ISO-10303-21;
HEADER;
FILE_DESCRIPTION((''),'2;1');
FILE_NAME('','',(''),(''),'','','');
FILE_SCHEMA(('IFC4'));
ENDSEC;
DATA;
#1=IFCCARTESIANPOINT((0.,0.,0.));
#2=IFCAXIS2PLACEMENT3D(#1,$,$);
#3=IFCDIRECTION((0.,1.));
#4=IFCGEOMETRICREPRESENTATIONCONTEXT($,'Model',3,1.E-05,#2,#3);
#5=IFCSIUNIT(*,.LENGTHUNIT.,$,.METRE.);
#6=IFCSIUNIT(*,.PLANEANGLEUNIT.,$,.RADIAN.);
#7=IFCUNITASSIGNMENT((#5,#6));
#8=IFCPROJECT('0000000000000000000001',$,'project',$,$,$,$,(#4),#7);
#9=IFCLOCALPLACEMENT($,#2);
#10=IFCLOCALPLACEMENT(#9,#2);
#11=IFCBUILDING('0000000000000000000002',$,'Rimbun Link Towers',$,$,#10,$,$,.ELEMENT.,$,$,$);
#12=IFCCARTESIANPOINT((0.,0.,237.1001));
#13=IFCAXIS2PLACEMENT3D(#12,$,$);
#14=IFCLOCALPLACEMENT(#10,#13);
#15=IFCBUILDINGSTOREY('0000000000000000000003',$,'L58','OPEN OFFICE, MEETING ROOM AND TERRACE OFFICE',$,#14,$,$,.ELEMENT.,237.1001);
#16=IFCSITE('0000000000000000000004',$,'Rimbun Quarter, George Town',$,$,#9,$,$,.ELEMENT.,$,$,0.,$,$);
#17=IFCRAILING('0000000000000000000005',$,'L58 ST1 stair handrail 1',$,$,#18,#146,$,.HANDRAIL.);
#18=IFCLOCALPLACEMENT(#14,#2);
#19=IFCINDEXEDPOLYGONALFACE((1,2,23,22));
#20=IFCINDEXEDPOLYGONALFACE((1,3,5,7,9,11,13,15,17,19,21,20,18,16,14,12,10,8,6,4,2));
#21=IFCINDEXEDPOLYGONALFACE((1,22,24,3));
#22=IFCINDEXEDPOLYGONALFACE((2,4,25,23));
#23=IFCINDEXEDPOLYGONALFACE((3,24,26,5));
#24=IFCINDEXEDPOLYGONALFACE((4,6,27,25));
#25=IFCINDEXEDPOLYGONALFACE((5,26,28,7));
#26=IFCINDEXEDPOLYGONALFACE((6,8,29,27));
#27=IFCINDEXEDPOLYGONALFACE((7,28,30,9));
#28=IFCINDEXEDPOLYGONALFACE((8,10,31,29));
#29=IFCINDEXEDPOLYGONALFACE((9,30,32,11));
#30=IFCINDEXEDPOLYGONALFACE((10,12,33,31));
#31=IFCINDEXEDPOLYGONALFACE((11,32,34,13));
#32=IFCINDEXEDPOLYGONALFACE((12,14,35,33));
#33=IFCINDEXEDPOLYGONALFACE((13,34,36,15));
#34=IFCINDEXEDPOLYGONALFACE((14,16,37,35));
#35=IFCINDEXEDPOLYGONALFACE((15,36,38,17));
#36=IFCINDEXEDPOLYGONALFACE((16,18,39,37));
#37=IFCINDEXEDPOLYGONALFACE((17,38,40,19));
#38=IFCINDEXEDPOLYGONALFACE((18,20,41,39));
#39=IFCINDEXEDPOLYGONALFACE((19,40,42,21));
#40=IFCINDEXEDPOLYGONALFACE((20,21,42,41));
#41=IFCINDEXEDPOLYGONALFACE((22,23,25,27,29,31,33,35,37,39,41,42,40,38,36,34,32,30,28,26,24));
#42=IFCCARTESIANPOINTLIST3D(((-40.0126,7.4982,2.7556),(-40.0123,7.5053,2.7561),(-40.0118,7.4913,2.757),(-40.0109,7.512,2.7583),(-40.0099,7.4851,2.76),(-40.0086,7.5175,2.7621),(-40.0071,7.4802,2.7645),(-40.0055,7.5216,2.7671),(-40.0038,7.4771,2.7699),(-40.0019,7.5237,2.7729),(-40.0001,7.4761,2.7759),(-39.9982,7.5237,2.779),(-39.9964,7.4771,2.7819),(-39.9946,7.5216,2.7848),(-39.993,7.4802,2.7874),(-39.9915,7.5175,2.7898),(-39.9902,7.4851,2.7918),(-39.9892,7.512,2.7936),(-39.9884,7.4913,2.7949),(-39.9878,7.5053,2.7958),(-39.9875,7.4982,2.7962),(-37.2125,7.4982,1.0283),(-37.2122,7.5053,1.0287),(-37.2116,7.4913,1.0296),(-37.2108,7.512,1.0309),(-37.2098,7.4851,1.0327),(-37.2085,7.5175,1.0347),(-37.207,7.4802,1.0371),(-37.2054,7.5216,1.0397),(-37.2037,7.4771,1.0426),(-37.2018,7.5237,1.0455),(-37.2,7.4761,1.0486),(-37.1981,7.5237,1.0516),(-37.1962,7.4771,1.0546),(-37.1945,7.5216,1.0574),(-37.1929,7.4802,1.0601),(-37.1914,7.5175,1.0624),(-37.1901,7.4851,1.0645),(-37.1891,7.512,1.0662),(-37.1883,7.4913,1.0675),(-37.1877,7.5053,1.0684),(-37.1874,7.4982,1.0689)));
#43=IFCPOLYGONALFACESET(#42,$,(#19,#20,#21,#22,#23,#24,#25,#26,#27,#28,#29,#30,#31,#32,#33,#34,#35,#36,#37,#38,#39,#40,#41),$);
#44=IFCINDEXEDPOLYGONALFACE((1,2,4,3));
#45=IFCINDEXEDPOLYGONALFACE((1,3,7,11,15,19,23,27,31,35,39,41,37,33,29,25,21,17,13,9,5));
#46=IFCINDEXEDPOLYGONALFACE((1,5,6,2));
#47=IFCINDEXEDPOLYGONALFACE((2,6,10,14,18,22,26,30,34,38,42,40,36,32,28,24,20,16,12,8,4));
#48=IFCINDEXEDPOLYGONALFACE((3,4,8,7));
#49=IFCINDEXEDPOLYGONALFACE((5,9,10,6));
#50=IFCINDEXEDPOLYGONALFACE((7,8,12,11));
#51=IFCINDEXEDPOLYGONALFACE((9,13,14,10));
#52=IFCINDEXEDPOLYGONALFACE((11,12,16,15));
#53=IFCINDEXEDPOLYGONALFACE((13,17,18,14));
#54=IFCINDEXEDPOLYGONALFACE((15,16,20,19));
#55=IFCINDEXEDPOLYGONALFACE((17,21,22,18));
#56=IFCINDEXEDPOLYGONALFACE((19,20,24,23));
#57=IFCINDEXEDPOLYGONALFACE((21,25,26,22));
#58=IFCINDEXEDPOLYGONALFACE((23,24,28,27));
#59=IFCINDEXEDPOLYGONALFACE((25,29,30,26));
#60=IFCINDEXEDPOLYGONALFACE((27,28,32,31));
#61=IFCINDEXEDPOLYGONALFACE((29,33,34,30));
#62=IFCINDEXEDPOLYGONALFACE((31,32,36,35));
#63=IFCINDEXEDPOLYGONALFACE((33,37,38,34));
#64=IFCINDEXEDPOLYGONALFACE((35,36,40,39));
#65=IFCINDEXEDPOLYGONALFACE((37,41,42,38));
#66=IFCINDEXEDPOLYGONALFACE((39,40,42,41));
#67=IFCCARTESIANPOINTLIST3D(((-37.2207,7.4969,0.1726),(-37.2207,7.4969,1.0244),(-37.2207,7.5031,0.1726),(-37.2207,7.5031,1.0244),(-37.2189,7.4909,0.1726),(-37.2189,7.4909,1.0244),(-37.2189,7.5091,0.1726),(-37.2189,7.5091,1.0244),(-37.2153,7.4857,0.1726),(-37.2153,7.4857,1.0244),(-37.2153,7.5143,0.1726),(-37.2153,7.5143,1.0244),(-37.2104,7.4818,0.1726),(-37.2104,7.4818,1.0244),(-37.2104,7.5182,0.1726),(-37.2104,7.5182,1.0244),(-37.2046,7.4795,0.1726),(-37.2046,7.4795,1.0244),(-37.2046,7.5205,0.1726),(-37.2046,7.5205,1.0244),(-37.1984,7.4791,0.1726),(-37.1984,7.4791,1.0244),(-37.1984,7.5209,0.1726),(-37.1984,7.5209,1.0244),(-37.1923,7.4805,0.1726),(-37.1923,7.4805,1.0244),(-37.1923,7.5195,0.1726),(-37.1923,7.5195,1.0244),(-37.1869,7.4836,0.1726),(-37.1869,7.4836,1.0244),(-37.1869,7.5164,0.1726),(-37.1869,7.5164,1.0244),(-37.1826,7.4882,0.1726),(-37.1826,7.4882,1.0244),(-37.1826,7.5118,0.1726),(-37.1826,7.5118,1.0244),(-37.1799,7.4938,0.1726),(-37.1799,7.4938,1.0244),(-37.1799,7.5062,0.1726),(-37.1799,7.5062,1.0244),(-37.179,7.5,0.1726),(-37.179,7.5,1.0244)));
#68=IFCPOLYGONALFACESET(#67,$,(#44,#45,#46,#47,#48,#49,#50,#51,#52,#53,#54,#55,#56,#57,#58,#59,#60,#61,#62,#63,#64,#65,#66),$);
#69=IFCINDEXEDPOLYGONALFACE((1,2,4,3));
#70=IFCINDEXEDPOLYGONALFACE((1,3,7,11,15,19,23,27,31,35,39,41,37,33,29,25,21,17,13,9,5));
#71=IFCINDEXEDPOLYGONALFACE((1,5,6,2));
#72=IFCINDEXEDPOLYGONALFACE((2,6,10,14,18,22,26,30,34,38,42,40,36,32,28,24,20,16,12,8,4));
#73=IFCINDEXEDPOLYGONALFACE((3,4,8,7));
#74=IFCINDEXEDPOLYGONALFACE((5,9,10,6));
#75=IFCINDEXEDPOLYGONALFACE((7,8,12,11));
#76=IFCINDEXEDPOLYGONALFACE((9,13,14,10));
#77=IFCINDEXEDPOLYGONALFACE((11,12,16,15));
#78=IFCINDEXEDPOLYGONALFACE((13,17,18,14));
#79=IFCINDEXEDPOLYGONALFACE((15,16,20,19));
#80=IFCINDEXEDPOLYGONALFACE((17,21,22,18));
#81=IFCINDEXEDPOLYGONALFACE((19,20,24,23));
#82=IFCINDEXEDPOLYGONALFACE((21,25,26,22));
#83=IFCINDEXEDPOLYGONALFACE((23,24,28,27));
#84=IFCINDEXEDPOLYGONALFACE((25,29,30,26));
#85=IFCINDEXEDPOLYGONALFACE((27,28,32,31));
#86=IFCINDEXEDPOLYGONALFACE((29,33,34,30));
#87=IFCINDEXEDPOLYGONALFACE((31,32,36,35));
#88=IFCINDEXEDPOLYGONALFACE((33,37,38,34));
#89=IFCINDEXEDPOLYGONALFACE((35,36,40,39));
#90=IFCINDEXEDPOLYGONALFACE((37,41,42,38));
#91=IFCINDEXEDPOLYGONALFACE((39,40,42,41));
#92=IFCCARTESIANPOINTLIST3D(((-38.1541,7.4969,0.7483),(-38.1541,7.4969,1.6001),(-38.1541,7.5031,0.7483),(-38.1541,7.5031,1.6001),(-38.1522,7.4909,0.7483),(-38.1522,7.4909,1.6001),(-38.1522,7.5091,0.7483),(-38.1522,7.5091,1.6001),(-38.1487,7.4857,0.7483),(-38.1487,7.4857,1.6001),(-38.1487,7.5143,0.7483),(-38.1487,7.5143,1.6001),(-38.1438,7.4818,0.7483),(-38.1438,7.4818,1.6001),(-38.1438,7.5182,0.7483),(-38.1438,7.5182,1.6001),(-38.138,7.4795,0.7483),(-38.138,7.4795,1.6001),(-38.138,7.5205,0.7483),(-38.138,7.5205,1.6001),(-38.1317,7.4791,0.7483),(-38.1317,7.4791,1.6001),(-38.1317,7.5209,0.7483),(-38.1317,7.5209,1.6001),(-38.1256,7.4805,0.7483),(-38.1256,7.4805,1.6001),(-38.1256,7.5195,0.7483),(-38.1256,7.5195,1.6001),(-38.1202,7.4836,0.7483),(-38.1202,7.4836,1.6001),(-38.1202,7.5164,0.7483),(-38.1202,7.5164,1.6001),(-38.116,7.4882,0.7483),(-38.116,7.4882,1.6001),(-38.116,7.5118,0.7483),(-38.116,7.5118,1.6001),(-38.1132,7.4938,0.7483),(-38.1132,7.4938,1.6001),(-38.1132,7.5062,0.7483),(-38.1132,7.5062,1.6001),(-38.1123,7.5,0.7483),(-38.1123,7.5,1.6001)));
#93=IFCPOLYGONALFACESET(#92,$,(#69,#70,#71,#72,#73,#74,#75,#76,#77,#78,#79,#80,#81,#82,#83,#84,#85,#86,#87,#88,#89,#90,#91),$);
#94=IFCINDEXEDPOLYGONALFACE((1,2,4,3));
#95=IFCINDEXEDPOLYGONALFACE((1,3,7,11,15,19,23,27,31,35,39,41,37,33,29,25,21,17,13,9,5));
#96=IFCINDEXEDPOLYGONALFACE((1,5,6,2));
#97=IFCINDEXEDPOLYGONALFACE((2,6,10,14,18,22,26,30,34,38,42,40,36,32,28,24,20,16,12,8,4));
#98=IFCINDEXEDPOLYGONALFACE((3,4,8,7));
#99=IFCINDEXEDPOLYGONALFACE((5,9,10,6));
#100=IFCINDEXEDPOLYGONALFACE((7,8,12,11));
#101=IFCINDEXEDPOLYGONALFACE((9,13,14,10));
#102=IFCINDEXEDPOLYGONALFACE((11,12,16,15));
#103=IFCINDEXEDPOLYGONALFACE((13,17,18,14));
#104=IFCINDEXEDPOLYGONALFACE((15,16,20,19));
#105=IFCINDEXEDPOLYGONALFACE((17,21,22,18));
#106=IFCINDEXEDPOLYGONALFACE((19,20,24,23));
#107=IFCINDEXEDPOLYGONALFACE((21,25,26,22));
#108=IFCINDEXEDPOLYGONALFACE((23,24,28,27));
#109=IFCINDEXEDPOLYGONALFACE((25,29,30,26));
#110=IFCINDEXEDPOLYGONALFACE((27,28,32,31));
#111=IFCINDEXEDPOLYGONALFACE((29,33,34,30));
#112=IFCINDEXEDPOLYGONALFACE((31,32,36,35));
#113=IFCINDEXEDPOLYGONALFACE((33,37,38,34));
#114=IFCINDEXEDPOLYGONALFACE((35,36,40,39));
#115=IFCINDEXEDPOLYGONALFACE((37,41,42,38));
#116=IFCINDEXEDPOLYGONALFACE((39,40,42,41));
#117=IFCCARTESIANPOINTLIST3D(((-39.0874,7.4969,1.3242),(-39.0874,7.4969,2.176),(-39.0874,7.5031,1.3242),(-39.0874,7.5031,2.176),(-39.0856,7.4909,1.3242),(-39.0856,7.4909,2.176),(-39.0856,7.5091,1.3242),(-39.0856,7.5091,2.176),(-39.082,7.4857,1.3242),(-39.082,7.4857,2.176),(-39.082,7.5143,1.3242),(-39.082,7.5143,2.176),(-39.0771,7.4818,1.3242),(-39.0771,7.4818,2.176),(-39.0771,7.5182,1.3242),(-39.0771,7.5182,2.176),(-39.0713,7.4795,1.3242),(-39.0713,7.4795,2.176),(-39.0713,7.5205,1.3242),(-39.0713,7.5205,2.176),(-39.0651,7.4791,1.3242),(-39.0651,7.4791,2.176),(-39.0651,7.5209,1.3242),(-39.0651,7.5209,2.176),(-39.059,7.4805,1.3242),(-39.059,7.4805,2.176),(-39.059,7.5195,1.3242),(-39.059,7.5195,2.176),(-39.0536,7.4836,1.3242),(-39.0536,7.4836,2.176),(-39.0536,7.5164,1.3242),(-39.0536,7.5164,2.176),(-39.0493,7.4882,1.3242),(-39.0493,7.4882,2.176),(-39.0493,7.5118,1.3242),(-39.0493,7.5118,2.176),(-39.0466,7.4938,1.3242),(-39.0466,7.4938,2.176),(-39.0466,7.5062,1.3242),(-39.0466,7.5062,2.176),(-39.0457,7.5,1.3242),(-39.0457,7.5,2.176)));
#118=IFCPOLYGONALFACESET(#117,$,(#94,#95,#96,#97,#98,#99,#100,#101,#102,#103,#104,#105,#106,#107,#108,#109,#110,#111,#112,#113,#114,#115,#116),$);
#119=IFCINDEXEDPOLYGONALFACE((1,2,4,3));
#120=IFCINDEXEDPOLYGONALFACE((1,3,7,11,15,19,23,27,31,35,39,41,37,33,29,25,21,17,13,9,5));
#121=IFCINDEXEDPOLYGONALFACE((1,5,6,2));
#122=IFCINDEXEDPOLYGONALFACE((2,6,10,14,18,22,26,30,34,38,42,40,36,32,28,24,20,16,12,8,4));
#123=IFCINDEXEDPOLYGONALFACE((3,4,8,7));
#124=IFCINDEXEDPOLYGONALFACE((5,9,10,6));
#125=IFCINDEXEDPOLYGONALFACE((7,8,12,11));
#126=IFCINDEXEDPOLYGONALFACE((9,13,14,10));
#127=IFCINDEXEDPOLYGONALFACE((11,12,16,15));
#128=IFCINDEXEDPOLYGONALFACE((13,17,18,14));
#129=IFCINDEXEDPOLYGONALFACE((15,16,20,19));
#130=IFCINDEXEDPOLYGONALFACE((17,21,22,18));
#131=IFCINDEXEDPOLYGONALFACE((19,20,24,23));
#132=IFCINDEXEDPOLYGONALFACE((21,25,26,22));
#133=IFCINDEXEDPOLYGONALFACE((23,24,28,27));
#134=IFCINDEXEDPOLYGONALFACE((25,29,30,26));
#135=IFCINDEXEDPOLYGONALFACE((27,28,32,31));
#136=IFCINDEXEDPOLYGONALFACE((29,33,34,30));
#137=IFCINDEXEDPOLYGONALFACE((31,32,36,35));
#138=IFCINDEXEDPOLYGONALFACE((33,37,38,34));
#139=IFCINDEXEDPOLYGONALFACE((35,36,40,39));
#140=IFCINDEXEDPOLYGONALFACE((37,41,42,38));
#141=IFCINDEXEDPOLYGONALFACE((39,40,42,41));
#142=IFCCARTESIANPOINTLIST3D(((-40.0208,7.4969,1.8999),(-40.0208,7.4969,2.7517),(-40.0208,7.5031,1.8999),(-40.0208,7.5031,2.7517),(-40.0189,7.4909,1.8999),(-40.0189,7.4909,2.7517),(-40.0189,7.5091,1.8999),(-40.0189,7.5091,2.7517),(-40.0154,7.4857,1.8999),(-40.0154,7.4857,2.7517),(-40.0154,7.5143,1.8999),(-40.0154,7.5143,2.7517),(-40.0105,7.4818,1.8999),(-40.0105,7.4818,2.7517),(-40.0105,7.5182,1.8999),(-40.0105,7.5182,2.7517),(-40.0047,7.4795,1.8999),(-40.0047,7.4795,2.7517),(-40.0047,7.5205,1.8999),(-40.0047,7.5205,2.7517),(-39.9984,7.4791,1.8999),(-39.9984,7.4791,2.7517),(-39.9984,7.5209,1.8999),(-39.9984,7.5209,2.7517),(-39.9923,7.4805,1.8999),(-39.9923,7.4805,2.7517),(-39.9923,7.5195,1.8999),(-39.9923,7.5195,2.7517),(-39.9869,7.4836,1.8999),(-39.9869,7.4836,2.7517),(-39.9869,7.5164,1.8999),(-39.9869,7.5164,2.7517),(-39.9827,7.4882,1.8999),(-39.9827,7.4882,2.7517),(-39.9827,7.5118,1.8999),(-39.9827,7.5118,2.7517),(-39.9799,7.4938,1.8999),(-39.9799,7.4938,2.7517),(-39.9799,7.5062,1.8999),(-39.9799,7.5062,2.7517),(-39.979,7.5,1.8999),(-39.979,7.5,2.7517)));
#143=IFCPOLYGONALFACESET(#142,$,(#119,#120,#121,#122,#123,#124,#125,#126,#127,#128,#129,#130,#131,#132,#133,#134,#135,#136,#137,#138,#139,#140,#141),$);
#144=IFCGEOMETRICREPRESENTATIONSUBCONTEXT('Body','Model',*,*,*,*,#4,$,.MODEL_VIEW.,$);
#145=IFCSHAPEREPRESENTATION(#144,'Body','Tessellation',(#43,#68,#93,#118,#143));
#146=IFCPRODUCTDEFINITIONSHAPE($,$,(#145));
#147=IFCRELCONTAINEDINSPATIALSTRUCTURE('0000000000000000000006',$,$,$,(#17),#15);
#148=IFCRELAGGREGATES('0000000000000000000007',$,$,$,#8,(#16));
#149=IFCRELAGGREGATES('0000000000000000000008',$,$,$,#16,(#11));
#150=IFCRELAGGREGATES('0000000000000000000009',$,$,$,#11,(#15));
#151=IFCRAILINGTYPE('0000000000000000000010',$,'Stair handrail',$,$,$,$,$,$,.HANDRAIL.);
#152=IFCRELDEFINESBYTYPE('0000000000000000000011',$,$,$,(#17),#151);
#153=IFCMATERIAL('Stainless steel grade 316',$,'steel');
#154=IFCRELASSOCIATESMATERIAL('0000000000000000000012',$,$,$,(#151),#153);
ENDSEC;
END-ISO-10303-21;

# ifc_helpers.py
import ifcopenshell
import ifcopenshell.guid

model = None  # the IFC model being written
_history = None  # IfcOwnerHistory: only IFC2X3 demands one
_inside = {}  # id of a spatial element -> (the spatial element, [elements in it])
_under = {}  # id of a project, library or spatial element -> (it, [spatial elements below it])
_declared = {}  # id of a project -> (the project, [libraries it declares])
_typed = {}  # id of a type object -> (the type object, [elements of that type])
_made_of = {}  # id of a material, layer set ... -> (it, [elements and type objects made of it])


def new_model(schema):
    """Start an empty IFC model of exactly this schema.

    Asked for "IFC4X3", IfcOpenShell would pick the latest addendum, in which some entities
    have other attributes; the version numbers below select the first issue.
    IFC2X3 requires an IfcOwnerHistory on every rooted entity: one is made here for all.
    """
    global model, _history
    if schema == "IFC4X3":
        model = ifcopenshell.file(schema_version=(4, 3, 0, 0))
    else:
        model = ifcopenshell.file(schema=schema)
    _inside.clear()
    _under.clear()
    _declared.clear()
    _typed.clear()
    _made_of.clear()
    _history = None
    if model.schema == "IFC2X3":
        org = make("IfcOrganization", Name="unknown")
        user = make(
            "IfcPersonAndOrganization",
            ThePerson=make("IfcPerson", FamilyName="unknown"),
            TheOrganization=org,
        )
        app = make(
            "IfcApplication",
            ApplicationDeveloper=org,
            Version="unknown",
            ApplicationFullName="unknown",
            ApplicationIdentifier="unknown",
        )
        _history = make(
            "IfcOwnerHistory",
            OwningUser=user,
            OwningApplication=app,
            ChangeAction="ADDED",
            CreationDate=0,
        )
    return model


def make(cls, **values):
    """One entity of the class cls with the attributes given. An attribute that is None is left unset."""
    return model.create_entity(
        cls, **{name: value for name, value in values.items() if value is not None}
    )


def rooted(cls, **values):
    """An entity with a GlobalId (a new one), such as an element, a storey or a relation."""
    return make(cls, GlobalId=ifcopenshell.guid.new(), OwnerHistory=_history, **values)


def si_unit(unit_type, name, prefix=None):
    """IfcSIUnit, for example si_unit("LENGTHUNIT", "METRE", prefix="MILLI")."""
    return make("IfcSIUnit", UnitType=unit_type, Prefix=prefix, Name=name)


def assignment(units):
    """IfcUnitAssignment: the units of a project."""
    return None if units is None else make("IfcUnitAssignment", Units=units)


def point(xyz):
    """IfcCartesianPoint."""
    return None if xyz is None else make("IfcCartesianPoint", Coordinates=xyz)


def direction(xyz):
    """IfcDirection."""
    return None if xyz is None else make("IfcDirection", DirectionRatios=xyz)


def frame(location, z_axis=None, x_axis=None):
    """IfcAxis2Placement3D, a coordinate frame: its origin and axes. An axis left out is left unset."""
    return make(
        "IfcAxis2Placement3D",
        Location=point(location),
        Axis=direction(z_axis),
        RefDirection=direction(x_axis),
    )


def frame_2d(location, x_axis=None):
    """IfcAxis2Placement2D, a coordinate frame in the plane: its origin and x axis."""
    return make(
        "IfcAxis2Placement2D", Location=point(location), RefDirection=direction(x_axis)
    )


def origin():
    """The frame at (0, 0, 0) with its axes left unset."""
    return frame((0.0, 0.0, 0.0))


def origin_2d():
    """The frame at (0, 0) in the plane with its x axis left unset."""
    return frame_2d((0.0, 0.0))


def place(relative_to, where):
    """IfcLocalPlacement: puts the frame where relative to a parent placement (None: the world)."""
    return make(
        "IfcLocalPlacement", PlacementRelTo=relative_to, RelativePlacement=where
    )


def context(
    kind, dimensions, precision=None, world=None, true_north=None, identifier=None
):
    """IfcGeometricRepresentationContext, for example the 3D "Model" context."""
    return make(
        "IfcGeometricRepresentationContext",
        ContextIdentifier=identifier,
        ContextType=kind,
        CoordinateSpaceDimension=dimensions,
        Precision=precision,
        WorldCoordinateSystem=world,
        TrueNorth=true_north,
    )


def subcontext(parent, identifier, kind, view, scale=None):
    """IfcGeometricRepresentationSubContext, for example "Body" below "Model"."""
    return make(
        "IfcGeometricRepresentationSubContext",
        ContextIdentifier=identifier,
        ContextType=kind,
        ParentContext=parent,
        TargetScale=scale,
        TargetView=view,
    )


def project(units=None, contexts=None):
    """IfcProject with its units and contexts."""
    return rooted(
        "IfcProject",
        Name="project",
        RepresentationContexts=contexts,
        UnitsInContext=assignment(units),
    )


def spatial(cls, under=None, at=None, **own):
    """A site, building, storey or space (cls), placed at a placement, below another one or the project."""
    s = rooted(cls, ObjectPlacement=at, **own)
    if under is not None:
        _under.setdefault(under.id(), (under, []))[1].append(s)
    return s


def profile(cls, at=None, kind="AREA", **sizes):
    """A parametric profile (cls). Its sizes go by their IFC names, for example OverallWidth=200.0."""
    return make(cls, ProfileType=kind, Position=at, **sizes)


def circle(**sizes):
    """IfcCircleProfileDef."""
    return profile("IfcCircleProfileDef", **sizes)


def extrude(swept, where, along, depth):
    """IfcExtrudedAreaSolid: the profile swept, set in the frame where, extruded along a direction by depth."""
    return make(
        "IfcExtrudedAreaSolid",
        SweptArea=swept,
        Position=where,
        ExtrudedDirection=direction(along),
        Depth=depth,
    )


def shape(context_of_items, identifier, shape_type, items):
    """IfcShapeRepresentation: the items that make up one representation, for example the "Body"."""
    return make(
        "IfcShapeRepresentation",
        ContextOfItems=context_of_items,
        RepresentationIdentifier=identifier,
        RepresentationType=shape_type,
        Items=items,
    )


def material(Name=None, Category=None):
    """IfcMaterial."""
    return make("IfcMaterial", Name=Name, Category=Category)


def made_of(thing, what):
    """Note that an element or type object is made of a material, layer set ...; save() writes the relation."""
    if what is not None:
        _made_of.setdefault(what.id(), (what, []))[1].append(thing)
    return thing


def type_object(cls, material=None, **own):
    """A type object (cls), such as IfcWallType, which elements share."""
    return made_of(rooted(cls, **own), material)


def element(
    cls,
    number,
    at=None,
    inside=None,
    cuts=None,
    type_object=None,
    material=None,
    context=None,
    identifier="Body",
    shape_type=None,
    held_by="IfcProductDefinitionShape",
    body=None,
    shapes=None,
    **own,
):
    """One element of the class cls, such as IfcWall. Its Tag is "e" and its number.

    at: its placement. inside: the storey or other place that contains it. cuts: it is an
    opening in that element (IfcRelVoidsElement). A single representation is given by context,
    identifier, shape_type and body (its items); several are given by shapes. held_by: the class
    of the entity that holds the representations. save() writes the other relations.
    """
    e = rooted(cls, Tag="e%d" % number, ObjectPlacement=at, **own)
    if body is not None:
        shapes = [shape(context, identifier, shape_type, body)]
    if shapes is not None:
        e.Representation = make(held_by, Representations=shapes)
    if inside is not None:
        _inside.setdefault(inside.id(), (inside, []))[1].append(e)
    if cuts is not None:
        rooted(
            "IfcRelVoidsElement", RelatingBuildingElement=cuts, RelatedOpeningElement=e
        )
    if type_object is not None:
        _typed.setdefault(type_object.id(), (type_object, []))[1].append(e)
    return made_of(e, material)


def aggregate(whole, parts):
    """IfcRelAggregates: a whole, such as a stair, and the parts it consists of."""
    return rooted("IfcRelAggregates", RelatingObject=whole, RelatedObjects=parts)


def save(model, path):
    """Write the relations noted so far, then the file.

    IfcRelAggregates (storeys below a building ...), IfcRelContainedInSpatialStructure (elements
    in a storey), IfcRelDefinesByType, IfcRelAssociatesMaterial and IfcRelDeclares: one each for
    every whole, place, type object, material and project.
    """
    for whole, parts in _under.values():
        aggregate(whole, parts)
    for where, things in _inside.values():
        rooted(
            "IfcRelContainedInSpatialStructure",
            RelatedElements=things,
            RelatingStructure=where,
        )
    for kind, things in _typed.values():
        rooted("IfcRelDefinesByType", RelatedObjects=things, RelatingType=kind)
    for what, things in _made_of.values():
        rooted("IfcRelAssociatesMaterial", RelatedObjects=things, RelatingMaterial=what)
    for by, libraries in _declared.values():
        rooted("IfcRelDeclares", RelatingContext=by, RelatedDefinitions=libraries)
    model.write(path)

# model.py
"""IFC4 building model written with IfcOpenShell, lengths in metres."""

from ifc_helpers import new_model, si_unit, direction, frame, origin, origin_2d, place, context, subcontext, project, spatial, circle, extrude, material, type_object, element, save


model = new_model("IFC4")

# Units and contexts
model_context = context("Model", 3, precision=1e-05, world=origin(), true_north=direction((0.0, 1.0)))
body_context = subcontext(model_context, "Body", "Model", "MODEL_VIEW")
ifc_project = project(units=[si_unit("LENGTHUNIT", "METRE"), si_unit("PLANEANGLEUNIT", "RADIAN")], contexts=[model_context])

# Site, building, storey
site_placement = place(None, origin())
site = spatial("IfcSite", under=ifc_project, at=site_placement, Name="Rimbun Quarter, George Town", CompositionType="ELEMENT", RefElevation=0.0)
building_placement = place(site_placement, origin())
building = spatial("IfcBuilding", under=site, at=building_placement, Name="Rimbun Link Towers", CompositionType="ELEMENT")
storey_placement = place(building_placement, frame((0.0, 0.0, 237.1001)))
storey = spatial("IfcBuildingStorey", under=building, at=storey_placement, Name="L58", Description="OPEN OFFICE, MEETING ROOM AND TERRACE OFFICE", CompositionType="ELEMENT", Elevation=237.1001)

# Railing
ifc_material_1 = material(Name="Stainless steel grade 316", Category="steel")
railing_type_1 = type_object("IfcRailingType", Name="Stair handrail", PredefinedType="HANDRAIL", material=ifc_material_1)
railing_1_placement = place(storey_placement, frame((-37.2, 7.5, 0.1726)))
element("IfcRailing", 1, at=railing_1_placement, inside=storey, type_object=railing_type_1, Name="L58 ST1 stair handrail 1", PredefinedType="HANDRAIL", context=body_context, shape_type="SweptSolid", body=[
    extrude(circle(Radius=0.0239, at=origin_2d()), frame((0.0, 0.0, 0.876), z_axis=(-0.85109, 0.0, 0.52502), x_axis=(0.0, -1.0, 0.0)), (0.0, 0.0, 1.0), 3.29),
    extrude(circle(Radius=0.021, at=origin_2d()), origin(), (0.0, 0.0, 1.0), 0.8518),
    extrude(circle(Radius=0.021, at=origin_2d()), frame((-0.9333, 0.0, 0.5757)), (0.0, 0.0, 1.0), 0.8518),
    extrude(circle(Radius=0.021, at=origin_2d()), frame((-1.8667, 0.0, 1.1516)), (0.0, 0.0, 1.0), 0.8518),
    extrude(circle(Radius=0.021, at=origin_2d()), frame((-2.8, 0.0, 1.7273)), (0.0, 0.0, 1.0), 0.8518),
])

save(model, "model.ifc")
